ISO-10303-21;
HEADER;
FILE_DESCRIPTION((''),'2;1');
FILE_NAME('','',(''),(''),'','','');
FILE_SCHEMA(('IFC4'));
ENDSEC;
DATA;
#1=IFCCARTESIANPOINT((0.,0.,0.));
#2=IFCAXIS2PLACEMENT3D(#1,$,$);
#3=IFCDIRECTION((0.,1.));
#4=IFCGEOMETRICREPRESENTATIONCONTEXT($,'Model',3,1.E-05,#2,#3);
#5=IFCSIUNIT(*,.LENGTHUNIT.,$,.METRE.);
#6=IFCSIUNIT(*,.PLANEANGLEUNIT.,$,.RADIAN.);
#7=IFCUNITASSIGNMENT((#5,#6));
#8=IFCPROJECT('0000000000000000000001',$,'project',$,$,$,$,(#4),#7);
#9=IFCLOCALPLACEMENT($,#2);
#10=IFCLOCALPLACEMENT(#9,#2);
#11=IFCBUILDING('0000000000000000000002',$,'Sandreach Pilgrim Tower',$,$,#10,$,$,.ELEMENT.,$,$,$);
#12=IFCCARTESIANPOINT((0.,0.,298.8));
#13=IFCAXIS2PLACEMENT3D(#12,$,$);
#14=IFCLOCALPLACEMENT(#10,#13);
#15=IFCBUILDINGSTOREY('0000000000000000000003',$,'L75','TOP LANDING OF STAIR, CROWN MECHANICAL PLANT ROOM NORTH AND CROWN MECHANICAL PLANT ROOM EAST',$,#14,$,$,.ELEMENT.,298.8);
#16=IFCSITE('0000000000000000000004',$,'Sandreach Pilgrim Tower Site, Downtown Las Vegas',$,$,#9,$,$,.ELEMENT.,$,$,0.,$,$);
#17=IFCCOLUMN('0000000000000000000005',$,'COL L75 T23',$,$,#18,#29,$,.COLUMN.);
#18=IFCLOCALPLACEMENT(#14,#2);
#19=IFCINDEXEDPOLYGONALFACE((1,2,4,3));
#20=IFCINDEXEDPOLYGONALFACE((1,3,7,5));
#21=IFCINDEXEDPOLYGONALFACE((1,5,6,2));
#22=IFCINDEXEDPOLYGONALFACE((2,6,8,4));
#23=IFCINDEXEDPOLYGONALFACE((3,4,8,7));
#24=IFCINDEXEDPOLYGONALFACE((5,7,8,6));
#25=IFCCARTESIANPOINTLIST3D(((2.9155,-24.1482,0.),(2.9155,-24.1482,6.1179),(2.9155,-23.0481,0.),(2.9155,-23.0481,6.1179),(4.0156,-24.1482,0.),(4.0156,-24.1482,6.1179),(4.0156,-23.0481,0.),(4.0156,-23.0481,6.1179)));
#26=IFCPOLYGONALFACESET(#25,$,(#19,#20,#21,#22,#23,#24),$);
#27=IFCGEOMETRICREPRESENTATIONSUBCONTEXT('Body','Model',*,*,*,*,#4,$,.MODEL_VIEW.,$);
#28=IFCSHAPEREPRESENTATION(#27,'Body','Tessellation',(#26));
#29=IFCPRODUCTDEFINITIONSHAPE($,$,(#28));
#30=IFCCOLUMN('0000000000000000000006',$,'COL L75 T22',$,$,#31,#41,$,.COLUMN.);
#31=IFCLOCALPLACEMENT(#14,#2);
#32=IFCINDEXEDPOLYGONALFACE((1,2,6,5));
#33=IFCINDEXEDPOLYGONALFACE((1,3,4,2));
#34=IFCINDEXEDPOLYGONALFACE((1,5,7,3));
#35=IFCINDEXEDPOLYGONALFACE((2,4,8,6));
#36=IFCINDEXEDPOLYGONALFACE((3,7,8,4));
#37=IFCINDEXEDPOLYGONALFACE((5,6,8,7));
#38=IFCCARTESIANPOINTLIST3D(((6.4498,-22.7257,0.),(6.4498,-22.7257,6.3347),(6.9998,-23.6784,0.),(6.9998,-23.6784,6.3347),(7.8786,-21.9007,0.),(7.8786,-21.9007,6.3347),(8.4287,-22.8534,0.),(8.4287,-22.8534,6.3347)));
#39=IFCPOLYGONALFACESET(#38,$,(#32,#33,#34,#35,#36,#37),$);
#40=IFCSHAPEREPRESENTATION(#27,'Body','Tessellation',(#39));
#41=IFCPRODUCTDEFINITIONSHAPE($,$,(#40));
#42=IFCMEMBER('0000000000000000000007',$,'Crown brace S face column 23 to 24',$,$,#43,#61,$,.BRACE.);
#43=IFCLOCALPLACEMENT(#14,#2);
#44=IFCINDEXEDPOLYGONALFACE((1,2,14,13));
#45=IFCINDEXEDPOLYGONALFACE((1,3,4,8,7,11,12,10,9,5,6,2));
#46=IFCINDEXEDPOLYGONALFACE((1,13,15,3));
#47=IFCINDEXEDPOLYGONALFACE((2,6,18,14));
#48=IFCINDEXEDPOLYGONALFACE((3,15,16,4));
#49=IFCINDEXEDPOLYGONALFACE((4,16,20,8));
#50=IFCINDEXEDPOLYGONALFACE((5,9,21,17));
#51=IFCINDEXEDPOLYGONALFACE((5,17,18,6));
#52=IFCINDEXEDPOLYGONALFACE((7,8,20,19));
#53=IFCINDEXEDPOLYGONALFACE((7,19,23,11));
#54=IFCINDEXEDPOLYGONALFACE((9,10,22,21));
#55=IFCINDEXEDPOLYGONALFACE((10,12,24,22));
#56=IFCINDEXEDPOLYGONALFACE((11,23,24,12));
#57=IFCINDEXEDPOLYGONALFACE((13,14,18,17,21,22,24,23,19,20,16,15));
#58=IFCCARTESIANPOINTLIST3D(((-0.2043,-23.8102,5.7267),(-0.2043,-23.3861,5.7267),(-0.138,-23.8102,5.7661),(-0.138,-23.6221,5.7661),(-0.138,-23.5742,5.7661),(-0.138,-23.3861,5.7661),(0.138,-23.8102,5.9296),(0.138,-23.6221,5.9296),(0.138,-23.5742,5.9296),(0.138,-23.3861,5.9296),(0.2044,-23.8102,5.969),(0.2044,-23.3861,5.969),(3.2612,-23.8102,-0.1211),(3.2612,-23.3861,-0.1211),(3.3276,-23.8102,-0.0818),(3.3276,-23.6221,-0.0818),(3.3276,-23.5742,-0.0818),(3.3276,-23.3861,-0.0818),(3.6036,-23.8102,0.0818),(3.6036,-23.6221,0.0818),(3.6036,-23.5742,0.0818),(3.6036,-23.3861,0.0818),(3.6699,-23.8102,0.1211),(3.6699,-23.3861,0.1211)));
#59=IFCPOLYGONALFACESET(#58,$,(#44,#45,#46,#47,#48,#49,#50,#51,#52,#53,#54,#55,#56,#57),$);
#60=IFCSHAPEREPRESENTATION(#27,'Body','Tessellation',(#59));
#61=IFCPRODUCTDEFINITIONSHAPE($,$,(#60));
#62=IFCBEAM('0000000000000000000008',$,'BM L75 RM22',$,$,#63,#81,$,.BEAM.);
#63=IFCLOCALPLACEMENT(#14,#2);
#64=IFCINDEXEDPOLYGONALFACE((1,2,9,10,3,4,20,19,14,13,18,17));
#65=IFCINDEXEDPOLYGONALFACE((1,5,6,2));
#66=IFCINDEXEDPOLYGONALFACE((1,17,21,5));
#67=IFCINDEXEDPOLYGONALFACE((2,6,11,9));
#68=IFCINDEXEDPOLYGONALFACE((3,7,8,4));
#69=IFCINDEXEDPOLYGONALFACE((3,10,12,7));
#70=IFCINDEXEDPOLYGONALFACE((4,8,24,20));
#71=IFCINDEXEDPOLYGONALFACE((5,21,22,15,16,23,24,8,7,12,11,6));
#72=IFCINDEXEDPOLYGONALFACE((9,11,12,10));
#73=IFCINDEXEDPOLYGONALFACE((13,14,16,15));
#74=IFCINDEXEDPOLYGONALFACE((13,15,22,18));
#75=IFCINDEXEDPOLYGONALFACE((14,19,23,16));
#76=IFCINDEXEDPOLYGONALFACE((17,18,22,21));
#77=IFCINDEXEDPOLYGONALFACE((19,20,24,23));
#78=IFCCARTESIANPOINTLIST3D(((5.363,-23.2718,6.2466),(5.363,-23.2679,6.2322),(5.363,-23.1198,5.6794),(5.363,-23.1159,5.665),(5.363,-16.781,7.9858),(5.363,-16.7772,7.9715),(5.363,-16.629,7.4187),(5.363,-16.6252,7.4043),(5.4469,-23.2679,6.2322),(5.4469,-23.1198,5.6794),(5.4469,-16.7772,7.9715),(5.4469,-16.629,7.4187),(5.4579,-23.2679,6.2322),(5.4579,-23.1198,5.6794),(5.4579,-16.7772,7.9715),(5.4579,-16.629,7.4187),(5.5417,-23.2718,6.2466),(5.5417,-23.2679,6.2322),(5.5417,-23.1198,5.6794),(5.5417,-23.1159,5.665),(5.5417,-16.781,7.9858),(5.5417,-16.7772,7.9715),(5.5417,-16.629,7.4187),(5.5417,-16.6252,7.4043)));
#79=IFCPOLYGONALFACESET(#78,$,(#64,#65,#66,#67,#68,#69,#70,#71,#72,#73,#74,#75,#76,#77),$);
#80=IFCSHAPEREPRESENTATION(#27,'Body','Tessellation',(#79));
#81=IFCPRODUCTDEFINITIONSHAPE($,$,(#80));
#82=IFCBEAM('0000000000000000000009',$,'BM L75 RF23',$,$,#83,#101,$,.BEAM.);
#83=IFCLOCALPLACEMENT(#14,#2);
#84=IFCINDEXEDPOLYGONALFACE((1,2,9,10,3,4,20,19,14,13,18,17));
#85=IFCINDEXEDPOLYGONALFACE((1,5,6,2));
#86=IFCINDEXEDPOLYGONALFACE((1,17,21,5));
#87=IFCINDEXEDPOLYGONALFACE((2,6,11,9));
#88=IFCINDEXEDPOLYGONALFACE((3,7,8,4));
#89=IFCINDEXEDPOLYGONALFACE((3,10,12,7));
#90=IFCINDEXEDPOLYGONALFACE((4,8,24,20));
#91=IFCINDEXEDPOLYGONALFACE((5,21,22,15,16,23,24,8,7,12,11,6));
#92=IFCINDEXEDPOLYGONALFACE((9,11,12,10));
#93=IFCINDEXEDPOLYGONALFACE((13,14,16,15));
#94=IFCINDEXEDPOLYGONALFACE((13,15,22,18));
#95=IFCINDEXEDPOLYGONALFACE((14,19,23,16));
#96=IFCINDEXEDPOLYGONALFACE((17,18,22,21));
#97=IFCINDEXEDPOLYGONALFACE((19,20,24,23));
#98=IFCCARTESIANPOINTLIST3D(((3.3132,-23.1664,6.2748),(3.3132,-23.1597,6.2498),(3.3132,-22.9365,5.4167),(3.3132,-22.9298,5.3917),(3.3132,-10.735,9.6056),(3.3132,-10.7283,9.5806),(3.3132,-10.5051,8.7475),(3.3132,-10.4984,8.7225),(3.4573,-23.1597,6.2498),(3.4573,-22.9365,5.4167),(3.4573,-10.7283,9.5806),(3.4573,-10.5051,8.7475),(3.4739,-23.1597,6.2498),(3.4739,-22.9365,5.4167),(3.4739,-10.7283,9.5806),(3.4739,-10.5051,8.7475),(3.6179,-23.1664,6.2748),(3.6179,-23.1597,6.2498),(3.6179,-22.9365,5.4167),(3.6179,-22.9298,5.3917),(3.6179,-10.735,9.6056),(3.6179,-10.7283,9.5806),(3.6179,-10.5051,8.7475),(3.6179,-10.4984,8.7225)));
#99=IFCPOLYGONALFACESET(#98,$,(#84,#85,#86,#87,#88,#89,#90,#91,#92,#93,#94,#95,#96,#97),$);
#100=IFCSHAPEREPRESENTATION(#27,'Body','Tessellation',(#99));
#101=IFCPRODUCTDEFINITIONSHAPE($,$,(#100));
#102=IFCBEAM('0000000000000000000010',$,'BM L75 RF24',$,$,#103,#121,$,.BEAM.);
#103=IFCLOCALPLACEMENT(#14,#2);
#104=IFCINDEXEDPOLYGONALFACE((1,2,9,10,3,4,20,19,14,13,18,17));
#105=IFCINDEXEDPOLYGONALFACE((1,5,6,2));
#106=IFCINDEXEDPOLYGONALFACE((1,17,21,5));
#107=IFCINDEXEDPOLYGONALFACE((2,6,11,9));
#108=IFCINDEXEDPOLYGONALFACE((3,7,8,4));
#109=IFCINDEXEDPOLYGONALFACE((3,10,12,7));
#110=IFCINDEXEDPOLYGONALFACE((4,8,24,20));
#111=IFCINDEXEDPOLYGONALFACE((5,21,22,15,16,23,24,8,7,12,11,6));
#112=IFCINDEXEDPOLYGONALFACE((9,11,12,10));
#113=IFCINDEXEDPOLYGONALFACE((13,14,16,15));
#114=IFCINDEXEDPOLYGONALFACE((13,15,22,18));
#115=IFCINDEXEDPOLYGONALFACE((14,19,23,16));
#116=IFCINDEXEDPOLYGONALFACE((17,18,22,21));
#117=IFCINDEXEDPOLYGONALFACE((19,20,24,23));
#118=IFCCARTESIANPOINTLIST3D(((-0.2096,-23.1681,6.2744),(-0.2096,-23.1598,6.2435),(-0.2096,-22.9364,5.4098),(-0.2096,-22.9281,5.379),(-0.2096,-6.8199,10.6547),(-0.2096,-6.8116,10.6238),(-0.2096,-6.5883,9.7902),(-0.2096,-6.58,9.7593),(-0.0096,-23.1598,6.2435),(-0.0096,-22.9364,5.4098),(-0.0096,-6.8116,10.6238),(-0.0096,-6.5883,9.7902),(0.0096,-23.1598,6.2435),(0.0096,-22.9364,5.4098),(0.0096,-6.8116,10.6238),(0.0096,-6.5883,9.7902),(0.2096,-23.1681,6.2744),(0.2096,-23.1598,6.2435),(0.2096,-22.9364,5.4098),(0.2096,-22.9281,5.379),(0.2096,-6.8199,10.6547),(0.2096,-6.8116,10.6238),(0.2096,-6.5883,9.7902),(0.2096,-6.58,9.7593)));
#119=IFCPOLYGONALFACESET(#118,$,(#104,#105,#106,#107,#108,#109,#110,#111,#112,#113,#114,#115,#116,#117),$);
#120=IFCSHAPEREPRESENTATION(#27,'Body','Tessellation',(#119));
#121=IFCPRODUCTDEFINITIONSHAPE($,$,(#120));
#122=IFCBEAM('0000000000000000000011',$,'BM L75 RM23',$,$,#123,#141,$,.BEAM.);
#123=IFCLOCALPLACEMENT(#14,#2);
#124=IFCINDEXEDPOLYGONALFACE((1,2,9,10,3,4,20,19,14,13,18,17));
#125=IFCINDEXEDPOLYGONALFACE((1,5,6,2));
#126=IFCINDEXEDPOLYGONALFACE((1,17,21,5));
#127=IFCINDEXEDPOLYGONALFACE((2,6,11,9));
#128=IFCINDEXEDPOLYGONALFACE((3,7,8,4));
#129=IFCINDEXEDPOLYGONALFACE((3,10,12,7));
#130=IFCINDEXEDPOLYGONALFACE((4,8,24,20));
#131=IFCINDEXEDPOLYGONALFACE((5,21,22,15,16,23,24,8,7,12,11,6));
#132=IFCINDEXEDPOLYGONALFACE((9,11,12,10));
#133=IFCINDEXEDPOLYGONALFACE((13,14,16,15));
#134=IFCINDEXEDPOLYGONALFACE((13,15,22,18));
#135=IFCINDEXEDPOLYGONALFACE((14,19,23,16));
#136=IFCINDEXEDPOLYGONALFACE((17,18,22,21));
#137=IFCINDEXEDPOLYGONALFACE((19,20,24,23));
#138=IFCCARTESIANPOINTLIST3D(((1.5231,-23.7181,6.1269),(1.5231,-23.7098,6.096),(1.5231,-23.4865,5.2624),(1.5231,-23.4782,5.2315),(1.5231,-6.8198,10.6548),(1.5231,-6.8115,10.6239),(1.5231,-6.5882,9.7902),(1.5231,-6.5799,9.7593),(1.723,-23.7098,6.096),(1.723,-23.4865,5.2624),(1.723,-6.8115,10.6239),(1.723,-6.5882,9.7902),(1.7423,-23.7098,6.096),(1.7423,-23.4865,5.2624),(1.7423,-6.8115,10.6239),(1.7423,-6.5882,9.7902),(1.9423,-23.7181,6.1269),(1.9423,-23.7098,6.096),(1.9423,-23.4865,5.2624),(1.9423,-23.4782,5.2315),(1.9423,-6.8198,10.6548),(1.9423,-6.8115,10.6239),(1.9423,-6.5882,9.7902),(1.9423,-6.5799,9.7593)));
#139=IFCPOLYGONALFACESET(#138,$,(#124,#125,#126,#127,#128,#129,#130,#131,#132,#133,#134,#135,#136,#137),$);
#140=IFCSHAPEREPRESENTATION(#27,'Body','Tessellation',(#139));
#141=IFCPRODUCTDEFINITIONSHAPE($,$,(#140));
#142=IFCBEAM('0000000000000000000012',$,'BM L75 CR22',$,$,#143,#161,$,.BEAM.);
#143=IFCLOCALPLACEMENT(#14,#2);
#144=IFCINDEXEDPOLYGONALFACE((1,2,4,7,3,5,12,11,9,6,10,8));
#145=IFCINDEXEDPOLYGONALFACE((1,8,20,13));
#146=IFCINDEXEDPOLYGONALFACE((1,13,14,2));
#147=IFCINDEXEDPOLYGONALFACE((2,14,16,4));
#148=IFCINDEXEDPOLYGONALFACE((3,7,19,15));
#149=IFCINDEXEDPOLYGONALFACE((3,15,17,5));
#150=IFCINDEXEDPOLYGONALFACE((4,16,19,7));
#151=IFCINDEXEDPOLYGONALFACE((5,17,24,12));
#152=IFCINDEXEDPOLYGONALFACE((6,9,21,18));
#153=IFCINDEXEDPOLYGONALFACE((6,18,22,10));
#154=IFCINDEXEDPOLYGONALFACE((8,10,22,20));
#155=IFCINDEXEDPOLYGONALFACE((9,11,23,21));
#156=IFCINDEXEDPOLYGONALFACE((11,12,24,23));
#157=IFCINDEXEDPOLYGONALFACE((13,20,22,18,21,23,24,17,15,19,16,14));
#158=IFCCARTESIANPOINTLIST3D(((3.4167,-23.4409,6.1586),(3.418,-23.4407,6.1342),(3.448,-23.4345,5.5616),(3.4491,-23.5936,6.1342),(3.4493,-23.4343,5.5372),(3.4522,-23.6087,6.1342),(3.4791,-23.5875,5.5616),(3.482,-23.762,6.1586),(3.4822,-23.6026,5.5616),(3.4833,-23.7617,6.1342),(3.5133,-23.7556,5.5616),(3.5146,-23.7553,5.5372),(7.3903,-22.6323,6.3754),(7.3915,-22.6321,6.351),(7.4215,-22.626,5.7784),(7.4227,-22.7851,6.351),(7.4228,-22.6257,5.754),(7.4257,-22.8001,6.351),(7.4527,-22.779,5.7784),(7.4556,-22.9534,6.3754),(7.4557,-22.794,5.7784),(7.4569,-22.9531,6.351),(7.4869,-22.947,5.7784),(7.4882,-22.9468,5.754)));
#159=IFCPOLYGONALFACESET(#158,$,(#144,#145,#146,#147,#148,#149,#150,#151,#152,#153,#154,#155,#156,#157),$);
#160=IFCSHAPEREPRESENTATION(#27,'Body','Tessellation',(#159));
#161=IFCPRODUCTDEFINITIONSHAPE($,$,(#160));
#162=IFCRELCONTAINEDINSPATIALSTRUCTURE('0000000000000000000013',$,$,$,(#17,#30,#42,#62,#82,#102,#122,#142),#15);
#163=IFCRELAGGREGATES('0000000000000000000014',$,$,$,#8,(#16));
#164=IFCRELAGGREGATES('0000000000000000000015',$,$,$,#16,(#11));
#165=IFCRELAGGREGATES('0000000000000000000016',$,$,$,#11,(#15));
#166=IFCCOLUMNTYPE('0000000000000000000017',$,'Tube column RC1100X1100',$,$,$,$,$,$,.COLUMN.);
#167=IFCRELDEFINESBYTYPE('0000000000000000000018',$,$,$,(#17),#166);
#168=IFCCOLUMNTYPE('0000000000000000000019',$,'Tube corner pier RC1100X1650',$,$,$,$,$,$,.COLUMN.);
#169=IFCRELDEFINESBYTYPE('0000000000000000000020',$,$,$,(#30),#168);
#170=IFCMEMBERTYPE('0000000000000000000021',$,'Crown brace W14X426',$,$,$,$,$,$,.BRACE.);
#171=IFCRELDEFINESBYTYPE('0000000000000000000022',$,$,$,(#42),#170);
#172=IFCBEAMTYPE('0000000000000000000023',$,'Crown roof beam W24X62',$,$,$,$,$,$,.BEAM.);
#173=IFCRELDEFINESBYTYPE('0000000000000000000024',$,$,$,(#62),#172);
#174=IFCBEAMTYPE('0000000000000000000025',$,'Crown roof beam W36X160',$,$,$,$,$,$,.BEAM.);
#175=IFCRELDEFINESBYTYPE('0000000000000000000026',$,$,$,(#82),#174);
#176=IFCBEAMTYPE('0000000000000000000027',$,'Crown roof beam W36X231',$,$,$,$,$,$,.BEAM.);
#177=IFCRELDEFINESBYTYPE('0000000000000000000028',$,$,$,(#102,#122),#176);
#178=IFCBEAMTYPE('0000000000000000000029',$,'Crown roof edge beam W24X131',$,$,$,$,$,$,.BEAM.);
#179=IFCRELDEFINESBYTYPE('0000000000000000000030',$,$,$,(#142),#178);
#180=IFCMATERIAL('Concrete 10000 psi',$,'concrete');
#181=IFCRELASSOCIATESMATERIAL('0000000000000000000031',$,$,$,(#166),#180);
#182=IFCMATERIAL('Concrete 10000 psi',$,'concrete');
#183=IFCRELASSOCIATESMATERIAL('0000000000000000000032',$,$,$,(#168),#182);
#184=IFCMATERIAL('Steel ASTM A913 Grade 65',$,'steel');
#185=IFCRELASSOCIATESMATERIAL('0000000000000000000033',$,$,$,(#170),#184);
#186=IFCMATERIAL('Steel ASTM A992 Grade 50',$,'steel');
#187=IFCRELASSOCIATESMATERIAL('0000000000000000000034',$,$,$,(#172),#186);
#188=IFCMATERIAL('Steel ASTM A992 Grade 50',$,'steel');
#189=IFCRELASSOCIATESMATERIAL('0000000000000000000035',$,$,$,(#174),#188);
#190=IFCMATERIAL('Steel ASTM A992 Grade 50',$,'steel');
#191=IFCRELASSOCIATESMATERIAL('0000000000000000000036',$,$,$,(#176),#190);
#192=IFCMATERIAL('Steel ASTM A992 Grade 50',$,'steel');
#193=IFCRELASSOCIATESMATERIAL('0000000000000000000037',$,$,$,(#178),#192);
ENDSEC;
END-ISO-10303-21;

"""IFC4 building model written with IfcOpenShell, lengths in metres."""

from ifc_helpers import new_model, si_unit, direction, frame, origin, origin_2d, place, context, subcontext, project, spatial, rectangle, i_section, extrude, material, material_profile, profile_set, type_object, element, save


model = new_model("IFC4")

# Units and contexts
model_context = context("Model", 3, precision=1e-05, world=origin(), true_north=direction((0.0, 1.0)))
body_context = subcontext(model_context, "Body", "Model", "MODEL_VIEW")
ifc_project = project(units=[si_unit("LENGTHUNIT", "METRE"), si_unit("PLANEANGLEUNIT", "RADIAN")], contexts=[model_context])

# Site, building, storey
site_placement = place(None, origin())
site = spatial("IfcSite", under=ifc_project, at=site_placement, Name="Sandreach Pilgrim Tower Site, Downtown Las Vegas", CompositionType="ELEMENT", RefElevation=0.0)
building_placement = place(site_placement, origin())
building = spatial("IfcBuilding", under=site, at=building_placement, Name="Sandreach Pilgrim Tower", CompositionType="ELEMENT")
storey_placement = place(building_placement, frame((0.0, 0.0, 298.8)))
storey = spatial("IfcBuildingStorey", under=building, at=storey_placement, Name="L75", Description="TOP LANDING OF STAIR, CROWN MECHANICAL PLANT ROOM NORTH AND CROWN MECHANICAL PLANT ROOM EAST", CompositionType="ELEMENT", Elevation=298.8)

# Columns
ifc_material_1 = material(Name="Concrete 10000 psi", Category="concrete")
ifc_material_profile_1 = material_profile(ifc_material_1, rectangle(XDim=1.1001, YDim=1.1001, at=origin_2d()), Name="RC1100X1100")
ifc_profile_set_1 = profile_set([ifc_material_profile_1], Name="Concrete 10000 psi")
column_type_1 = type_object("IfcColumnType", Name="Tube column RC1100X1100", PredefinedType="COLUMN", material=ifc_profile_set_1)
column_1_placement = place(storey_placement, frame((3.4656, -23.5981, 0.0), z_axis=(0.0, 0.0, 1.0), x_axis=(0.0, -1.0, 0.0)))
element("IfcColumn", 1, at=column_1_placement, inside=storey, type_object=column_type_1, Name="COL L75 T23", PredefinedType="COLUMN", context=body_context, shape_type="SweptSolid", body=[
    extrude(rectangle(XDim=1.1001, YDim=1.1001, at=origin_2d()), origin(), (0.0, 0.0, 1.0), 6.1179),
])
ifc_material_2 = material(Name="Concrete 10000 psi", Category="concrete")
ifc_material_profile_2 = material_profile(ifc_material_2, rectangle(XDim=1.1001, YDim=1.6499, at=origin_2d()), Name="RC1100X1650")
ifc_profile_set_2 = profile_set([ifc_material_profile_2], Name="Concrete 10000 psi")
column_type_2 = type_object("IfcColumnType", Name="Tube corner pier RC1100X1650", PredefinedType="COLUMN", material=ifc_profile_set_2)
column_2_placement = place(storey_placement, frame((7.4392, -22.7896, 0.0), z_axis=(0.0, 0.0, 1.0), x_axis=(0.5, -0.866025, 0.0)))
element("IfcColumn", 2, at=column_2_placement, inside=storey, type_object=column_type_2, Name="COL L75 T22", PredefinedType="COLUMN", context=body_context, shape_type="SweptSolid", body=[
    extrude(rectangle(XDim=1.1001, YDim=1.6499, at=origin_2d()), origin(), (0.0, 0.0, 1.0), 6.3347),
])

# Member
ifc_material_3 = material(Name="Steel ASTM A913 Grade 65", Category="steel")
ifc_material_profile_3 = material_profile(ifc_material_3, i_section(OverallWidth=0.4241, OverallDepth=0.4751, WebThickness=0.0479, FlangeThickness=0.0771, at=origin_2d()), Name="W14X426")
ifc_profile_set_3 = profile_set([ifc_material_profile_3], Name="Steel ASTM A913 Grade 65")
member_type = type_object("IfcMemberType", Name="Crown brace W14X426", PredefinedType="BRACE", material=ifc_profile_set_3)
member_placement = place(storey_placement, frame((3.4656, -23.5981, 0.0), z_axis=(-0.509819, 0.0, 0.860282), x_axis=(0.0, -1.0, 0.0)))
element("IfcMember", 3, at=member_placement, inside=storey, type_object=member_type, Name="Crown brace S face column 23 to 24", PredefinedType="BRACE", context=body_context, shape_type="SweptSolid", body=[
    extrude(i_section(OverallWidth=0.4241, OverallDepth=0.4751, WebThickness=0.0479, FlangeThickness=0.0771, at=origin_2d()), origin(), (0.0, 0.0, 1.0), 6.7976),
])

# Beams
ifc_material_4 = material(Name="Steel ASTM A992 Grade 50", Category="steel")
ifc_material_profile_4 = material_profile(ifc_material_4, i_section(OverallWidth=0.1787, OverallDepth=0.6021, WebThickness=0.011, FlangeThickness=0.0149, at=origin_2d()), Name="W24X62")
ifc_profile_set_4 = profile_set([ifc_material_profile_4], Name="Steel ASTM A992 Grade 50")
beam_type_1 = type_object("IfcBeamType", Name="Crown roof beam W24X62", PredefinedType="BEAM", material=ifc_profile_set_4)
beam_1_placement = place(storey_placement, frame((5.4524, -23.1938, 5.9558), z_axis=(0.0, 0.965923, 0.258829), x_axis=(-1.0, 0.0, 0.0)))
element("IfcBeam", 4, at=beam_1_placement, inside=storey, type_object=beam_type_1, Name="BM L75 RM22", PredefinedType="BEAM", context=body_context, shape_type="SweptSolid", body=[
    extrude(i_section(OverallWidth=0.1787, OverallDepth=0.6021, WebThickness=0.011, FlangeThickness=0.0149, at=origin_2d()), origin(), (0.0, 0.0, 1.0), 6.7197),
])
ifc_material_5 = material(Name="Steel ASTM A992 Grade 50", Category="steel")
ifc_material_profile_5 = material_profile(ifc_material_5, i_section(OverallWidth=0.3047, OverallDepth=0.9143, WebThickness=0.0166, FlangeThickness=0.0259, at=origin_2d()), Name="W36X160")
ifc_profile_set_5 = profile_set([ifc_material_profile_5], Name="Steel ASTM A992 Grade 50")
beam_type_2 = type_object("IfcBeamType", Name="Crown roof beam W36X160", PredefinedType="BEAM", material=ifc_profile_set_5)
beam_2_placement = place(storey_placement, frame((3.4656, -23.0481, 5.8333), z_axis=(0.0, 0.965929, 0.258807), x_axis=(-1.0, 0.0, 0.0)))
element("IfcBeam", 5, at=beam_2_placement, inside=storey, type_object=beam_type_2, Name="BM L75 RF23", PredefinedType="BEAM", context=body_context, shape_type="SweptSolid", body=[
    extrude(i_section(OverallWidth=0.3047, OverallDepth=0.9143, WebThickness=0.0166, FlangeThickness=0.0259, at=origin_2d()), origin(), (0.0, 0.0, 1.0), 12.8699),
])
ifc_material_6 = material(Name="Steel ASTM A992 Grade 50", Category="steel")
ifc_material_profile_6 = material_profile(ifc_material_6, i_section(OverallWidth=0.4192, OverallDepth=0.927, WebThickness=0.0193, FlangeThickness=0.032, at=origin_2d()), Name="W36X231")
ifc_profile_set_6 = profile_set([ifc_material_profile_6], Name="Steel ASTM A992 Grade 50")
beam_type_3 = type_object("IfcBeamType", Name="Crown roof beam W36X231", PredefinedType="BEAM", material=ifc_profile_set_6)
beam_3_placement = place(storey_placement, frame((0.0, -23.0481, 5.8267), z_axis=(0.0, 0.965927, 0.258813), x_axis=(-1.0, 0.0, 0.0)))
element("IfcBeam", 6, at=beam_3_placement, inside=storey, type_object=beam_type_3, Name="BM L75 RF24", PredefinedType="BEAM", context=body_context, shape_type="SweptSolid", body=[
    extrude(i_section(OverallWidth=0.4192, OverallDepth=0.927, WebThickness=0.0193, FlangeThickness=0.032, at=origin_2d()), origin(), (0.0, 0.0, 1.0), 16.9248),
])
beam_4_placement = place(storey_placement, frame((1.7327, -23.5981, 5.6792), z_axis=(0.0, 0.965926, 0.258818), x_axis=(-1.0, 0.0, 0.0)))
element("IfcBeam", 7, at=beam_4_placement, inside=storey, type_object=beam_type_3, Name="BM L75 RM23", PredefinedType="BEAM", context=body_context, shape_type="SweptSolid", body=[
    extrude(i_section(OverallWidth=0.4192, OverallDepth=0.927, WebThickness=0.0193, FlangeThickness=0.032, at=origin_2d()), origin(), (0.0, 0.0, 1.0), 17.4944),
])
ifc_material_7 = material(Name="Steel ASTM A992 Grade 50", Category="steel")
ifc_material_profile_7 = material_profile(ifc_material_7, i_section(OverallWidth=0.3276, OverallDepth=0.6223, WebThickness=0.0154, FlangeThickness=0.0244, at=origin_2d()), Name="W24X131")
ifc_profile_set_7 = profile_set([ifc_material_profile_7], Name="Steel ASTM A992 Grade 50")
beam_type_4 = type_object("IfcBeamType", Name="Crown roof edge beam W24X131", PredefinedType="BEAM", material=ifc_profile_set_7)
beam_5_placement = place(storey_placement, frame((7.4392, -22.7896, 6.0647), z_axis=(-0.97852, -0.199119, -0.053387), x_axis=(0.199403, -0.979918, 0.0)))
element("IfcBeam", 8, at=beam_5_placement, inside=storey, type_object=beam_type_4, Name="BM L75 CR22", PredefinedType="BEAM", context=body_context, shape_type="SweptSolid", body=[
    extrude(i_section(OverallWidth=0.3276, OverallDepth=0.6223, WebThickness=0.0154, FlangeThickness=0.0244, at=origin_2d()), origin(), (0.0, 0.0, 1.0), 4.0608),
])

save(model, "model.ifc")
